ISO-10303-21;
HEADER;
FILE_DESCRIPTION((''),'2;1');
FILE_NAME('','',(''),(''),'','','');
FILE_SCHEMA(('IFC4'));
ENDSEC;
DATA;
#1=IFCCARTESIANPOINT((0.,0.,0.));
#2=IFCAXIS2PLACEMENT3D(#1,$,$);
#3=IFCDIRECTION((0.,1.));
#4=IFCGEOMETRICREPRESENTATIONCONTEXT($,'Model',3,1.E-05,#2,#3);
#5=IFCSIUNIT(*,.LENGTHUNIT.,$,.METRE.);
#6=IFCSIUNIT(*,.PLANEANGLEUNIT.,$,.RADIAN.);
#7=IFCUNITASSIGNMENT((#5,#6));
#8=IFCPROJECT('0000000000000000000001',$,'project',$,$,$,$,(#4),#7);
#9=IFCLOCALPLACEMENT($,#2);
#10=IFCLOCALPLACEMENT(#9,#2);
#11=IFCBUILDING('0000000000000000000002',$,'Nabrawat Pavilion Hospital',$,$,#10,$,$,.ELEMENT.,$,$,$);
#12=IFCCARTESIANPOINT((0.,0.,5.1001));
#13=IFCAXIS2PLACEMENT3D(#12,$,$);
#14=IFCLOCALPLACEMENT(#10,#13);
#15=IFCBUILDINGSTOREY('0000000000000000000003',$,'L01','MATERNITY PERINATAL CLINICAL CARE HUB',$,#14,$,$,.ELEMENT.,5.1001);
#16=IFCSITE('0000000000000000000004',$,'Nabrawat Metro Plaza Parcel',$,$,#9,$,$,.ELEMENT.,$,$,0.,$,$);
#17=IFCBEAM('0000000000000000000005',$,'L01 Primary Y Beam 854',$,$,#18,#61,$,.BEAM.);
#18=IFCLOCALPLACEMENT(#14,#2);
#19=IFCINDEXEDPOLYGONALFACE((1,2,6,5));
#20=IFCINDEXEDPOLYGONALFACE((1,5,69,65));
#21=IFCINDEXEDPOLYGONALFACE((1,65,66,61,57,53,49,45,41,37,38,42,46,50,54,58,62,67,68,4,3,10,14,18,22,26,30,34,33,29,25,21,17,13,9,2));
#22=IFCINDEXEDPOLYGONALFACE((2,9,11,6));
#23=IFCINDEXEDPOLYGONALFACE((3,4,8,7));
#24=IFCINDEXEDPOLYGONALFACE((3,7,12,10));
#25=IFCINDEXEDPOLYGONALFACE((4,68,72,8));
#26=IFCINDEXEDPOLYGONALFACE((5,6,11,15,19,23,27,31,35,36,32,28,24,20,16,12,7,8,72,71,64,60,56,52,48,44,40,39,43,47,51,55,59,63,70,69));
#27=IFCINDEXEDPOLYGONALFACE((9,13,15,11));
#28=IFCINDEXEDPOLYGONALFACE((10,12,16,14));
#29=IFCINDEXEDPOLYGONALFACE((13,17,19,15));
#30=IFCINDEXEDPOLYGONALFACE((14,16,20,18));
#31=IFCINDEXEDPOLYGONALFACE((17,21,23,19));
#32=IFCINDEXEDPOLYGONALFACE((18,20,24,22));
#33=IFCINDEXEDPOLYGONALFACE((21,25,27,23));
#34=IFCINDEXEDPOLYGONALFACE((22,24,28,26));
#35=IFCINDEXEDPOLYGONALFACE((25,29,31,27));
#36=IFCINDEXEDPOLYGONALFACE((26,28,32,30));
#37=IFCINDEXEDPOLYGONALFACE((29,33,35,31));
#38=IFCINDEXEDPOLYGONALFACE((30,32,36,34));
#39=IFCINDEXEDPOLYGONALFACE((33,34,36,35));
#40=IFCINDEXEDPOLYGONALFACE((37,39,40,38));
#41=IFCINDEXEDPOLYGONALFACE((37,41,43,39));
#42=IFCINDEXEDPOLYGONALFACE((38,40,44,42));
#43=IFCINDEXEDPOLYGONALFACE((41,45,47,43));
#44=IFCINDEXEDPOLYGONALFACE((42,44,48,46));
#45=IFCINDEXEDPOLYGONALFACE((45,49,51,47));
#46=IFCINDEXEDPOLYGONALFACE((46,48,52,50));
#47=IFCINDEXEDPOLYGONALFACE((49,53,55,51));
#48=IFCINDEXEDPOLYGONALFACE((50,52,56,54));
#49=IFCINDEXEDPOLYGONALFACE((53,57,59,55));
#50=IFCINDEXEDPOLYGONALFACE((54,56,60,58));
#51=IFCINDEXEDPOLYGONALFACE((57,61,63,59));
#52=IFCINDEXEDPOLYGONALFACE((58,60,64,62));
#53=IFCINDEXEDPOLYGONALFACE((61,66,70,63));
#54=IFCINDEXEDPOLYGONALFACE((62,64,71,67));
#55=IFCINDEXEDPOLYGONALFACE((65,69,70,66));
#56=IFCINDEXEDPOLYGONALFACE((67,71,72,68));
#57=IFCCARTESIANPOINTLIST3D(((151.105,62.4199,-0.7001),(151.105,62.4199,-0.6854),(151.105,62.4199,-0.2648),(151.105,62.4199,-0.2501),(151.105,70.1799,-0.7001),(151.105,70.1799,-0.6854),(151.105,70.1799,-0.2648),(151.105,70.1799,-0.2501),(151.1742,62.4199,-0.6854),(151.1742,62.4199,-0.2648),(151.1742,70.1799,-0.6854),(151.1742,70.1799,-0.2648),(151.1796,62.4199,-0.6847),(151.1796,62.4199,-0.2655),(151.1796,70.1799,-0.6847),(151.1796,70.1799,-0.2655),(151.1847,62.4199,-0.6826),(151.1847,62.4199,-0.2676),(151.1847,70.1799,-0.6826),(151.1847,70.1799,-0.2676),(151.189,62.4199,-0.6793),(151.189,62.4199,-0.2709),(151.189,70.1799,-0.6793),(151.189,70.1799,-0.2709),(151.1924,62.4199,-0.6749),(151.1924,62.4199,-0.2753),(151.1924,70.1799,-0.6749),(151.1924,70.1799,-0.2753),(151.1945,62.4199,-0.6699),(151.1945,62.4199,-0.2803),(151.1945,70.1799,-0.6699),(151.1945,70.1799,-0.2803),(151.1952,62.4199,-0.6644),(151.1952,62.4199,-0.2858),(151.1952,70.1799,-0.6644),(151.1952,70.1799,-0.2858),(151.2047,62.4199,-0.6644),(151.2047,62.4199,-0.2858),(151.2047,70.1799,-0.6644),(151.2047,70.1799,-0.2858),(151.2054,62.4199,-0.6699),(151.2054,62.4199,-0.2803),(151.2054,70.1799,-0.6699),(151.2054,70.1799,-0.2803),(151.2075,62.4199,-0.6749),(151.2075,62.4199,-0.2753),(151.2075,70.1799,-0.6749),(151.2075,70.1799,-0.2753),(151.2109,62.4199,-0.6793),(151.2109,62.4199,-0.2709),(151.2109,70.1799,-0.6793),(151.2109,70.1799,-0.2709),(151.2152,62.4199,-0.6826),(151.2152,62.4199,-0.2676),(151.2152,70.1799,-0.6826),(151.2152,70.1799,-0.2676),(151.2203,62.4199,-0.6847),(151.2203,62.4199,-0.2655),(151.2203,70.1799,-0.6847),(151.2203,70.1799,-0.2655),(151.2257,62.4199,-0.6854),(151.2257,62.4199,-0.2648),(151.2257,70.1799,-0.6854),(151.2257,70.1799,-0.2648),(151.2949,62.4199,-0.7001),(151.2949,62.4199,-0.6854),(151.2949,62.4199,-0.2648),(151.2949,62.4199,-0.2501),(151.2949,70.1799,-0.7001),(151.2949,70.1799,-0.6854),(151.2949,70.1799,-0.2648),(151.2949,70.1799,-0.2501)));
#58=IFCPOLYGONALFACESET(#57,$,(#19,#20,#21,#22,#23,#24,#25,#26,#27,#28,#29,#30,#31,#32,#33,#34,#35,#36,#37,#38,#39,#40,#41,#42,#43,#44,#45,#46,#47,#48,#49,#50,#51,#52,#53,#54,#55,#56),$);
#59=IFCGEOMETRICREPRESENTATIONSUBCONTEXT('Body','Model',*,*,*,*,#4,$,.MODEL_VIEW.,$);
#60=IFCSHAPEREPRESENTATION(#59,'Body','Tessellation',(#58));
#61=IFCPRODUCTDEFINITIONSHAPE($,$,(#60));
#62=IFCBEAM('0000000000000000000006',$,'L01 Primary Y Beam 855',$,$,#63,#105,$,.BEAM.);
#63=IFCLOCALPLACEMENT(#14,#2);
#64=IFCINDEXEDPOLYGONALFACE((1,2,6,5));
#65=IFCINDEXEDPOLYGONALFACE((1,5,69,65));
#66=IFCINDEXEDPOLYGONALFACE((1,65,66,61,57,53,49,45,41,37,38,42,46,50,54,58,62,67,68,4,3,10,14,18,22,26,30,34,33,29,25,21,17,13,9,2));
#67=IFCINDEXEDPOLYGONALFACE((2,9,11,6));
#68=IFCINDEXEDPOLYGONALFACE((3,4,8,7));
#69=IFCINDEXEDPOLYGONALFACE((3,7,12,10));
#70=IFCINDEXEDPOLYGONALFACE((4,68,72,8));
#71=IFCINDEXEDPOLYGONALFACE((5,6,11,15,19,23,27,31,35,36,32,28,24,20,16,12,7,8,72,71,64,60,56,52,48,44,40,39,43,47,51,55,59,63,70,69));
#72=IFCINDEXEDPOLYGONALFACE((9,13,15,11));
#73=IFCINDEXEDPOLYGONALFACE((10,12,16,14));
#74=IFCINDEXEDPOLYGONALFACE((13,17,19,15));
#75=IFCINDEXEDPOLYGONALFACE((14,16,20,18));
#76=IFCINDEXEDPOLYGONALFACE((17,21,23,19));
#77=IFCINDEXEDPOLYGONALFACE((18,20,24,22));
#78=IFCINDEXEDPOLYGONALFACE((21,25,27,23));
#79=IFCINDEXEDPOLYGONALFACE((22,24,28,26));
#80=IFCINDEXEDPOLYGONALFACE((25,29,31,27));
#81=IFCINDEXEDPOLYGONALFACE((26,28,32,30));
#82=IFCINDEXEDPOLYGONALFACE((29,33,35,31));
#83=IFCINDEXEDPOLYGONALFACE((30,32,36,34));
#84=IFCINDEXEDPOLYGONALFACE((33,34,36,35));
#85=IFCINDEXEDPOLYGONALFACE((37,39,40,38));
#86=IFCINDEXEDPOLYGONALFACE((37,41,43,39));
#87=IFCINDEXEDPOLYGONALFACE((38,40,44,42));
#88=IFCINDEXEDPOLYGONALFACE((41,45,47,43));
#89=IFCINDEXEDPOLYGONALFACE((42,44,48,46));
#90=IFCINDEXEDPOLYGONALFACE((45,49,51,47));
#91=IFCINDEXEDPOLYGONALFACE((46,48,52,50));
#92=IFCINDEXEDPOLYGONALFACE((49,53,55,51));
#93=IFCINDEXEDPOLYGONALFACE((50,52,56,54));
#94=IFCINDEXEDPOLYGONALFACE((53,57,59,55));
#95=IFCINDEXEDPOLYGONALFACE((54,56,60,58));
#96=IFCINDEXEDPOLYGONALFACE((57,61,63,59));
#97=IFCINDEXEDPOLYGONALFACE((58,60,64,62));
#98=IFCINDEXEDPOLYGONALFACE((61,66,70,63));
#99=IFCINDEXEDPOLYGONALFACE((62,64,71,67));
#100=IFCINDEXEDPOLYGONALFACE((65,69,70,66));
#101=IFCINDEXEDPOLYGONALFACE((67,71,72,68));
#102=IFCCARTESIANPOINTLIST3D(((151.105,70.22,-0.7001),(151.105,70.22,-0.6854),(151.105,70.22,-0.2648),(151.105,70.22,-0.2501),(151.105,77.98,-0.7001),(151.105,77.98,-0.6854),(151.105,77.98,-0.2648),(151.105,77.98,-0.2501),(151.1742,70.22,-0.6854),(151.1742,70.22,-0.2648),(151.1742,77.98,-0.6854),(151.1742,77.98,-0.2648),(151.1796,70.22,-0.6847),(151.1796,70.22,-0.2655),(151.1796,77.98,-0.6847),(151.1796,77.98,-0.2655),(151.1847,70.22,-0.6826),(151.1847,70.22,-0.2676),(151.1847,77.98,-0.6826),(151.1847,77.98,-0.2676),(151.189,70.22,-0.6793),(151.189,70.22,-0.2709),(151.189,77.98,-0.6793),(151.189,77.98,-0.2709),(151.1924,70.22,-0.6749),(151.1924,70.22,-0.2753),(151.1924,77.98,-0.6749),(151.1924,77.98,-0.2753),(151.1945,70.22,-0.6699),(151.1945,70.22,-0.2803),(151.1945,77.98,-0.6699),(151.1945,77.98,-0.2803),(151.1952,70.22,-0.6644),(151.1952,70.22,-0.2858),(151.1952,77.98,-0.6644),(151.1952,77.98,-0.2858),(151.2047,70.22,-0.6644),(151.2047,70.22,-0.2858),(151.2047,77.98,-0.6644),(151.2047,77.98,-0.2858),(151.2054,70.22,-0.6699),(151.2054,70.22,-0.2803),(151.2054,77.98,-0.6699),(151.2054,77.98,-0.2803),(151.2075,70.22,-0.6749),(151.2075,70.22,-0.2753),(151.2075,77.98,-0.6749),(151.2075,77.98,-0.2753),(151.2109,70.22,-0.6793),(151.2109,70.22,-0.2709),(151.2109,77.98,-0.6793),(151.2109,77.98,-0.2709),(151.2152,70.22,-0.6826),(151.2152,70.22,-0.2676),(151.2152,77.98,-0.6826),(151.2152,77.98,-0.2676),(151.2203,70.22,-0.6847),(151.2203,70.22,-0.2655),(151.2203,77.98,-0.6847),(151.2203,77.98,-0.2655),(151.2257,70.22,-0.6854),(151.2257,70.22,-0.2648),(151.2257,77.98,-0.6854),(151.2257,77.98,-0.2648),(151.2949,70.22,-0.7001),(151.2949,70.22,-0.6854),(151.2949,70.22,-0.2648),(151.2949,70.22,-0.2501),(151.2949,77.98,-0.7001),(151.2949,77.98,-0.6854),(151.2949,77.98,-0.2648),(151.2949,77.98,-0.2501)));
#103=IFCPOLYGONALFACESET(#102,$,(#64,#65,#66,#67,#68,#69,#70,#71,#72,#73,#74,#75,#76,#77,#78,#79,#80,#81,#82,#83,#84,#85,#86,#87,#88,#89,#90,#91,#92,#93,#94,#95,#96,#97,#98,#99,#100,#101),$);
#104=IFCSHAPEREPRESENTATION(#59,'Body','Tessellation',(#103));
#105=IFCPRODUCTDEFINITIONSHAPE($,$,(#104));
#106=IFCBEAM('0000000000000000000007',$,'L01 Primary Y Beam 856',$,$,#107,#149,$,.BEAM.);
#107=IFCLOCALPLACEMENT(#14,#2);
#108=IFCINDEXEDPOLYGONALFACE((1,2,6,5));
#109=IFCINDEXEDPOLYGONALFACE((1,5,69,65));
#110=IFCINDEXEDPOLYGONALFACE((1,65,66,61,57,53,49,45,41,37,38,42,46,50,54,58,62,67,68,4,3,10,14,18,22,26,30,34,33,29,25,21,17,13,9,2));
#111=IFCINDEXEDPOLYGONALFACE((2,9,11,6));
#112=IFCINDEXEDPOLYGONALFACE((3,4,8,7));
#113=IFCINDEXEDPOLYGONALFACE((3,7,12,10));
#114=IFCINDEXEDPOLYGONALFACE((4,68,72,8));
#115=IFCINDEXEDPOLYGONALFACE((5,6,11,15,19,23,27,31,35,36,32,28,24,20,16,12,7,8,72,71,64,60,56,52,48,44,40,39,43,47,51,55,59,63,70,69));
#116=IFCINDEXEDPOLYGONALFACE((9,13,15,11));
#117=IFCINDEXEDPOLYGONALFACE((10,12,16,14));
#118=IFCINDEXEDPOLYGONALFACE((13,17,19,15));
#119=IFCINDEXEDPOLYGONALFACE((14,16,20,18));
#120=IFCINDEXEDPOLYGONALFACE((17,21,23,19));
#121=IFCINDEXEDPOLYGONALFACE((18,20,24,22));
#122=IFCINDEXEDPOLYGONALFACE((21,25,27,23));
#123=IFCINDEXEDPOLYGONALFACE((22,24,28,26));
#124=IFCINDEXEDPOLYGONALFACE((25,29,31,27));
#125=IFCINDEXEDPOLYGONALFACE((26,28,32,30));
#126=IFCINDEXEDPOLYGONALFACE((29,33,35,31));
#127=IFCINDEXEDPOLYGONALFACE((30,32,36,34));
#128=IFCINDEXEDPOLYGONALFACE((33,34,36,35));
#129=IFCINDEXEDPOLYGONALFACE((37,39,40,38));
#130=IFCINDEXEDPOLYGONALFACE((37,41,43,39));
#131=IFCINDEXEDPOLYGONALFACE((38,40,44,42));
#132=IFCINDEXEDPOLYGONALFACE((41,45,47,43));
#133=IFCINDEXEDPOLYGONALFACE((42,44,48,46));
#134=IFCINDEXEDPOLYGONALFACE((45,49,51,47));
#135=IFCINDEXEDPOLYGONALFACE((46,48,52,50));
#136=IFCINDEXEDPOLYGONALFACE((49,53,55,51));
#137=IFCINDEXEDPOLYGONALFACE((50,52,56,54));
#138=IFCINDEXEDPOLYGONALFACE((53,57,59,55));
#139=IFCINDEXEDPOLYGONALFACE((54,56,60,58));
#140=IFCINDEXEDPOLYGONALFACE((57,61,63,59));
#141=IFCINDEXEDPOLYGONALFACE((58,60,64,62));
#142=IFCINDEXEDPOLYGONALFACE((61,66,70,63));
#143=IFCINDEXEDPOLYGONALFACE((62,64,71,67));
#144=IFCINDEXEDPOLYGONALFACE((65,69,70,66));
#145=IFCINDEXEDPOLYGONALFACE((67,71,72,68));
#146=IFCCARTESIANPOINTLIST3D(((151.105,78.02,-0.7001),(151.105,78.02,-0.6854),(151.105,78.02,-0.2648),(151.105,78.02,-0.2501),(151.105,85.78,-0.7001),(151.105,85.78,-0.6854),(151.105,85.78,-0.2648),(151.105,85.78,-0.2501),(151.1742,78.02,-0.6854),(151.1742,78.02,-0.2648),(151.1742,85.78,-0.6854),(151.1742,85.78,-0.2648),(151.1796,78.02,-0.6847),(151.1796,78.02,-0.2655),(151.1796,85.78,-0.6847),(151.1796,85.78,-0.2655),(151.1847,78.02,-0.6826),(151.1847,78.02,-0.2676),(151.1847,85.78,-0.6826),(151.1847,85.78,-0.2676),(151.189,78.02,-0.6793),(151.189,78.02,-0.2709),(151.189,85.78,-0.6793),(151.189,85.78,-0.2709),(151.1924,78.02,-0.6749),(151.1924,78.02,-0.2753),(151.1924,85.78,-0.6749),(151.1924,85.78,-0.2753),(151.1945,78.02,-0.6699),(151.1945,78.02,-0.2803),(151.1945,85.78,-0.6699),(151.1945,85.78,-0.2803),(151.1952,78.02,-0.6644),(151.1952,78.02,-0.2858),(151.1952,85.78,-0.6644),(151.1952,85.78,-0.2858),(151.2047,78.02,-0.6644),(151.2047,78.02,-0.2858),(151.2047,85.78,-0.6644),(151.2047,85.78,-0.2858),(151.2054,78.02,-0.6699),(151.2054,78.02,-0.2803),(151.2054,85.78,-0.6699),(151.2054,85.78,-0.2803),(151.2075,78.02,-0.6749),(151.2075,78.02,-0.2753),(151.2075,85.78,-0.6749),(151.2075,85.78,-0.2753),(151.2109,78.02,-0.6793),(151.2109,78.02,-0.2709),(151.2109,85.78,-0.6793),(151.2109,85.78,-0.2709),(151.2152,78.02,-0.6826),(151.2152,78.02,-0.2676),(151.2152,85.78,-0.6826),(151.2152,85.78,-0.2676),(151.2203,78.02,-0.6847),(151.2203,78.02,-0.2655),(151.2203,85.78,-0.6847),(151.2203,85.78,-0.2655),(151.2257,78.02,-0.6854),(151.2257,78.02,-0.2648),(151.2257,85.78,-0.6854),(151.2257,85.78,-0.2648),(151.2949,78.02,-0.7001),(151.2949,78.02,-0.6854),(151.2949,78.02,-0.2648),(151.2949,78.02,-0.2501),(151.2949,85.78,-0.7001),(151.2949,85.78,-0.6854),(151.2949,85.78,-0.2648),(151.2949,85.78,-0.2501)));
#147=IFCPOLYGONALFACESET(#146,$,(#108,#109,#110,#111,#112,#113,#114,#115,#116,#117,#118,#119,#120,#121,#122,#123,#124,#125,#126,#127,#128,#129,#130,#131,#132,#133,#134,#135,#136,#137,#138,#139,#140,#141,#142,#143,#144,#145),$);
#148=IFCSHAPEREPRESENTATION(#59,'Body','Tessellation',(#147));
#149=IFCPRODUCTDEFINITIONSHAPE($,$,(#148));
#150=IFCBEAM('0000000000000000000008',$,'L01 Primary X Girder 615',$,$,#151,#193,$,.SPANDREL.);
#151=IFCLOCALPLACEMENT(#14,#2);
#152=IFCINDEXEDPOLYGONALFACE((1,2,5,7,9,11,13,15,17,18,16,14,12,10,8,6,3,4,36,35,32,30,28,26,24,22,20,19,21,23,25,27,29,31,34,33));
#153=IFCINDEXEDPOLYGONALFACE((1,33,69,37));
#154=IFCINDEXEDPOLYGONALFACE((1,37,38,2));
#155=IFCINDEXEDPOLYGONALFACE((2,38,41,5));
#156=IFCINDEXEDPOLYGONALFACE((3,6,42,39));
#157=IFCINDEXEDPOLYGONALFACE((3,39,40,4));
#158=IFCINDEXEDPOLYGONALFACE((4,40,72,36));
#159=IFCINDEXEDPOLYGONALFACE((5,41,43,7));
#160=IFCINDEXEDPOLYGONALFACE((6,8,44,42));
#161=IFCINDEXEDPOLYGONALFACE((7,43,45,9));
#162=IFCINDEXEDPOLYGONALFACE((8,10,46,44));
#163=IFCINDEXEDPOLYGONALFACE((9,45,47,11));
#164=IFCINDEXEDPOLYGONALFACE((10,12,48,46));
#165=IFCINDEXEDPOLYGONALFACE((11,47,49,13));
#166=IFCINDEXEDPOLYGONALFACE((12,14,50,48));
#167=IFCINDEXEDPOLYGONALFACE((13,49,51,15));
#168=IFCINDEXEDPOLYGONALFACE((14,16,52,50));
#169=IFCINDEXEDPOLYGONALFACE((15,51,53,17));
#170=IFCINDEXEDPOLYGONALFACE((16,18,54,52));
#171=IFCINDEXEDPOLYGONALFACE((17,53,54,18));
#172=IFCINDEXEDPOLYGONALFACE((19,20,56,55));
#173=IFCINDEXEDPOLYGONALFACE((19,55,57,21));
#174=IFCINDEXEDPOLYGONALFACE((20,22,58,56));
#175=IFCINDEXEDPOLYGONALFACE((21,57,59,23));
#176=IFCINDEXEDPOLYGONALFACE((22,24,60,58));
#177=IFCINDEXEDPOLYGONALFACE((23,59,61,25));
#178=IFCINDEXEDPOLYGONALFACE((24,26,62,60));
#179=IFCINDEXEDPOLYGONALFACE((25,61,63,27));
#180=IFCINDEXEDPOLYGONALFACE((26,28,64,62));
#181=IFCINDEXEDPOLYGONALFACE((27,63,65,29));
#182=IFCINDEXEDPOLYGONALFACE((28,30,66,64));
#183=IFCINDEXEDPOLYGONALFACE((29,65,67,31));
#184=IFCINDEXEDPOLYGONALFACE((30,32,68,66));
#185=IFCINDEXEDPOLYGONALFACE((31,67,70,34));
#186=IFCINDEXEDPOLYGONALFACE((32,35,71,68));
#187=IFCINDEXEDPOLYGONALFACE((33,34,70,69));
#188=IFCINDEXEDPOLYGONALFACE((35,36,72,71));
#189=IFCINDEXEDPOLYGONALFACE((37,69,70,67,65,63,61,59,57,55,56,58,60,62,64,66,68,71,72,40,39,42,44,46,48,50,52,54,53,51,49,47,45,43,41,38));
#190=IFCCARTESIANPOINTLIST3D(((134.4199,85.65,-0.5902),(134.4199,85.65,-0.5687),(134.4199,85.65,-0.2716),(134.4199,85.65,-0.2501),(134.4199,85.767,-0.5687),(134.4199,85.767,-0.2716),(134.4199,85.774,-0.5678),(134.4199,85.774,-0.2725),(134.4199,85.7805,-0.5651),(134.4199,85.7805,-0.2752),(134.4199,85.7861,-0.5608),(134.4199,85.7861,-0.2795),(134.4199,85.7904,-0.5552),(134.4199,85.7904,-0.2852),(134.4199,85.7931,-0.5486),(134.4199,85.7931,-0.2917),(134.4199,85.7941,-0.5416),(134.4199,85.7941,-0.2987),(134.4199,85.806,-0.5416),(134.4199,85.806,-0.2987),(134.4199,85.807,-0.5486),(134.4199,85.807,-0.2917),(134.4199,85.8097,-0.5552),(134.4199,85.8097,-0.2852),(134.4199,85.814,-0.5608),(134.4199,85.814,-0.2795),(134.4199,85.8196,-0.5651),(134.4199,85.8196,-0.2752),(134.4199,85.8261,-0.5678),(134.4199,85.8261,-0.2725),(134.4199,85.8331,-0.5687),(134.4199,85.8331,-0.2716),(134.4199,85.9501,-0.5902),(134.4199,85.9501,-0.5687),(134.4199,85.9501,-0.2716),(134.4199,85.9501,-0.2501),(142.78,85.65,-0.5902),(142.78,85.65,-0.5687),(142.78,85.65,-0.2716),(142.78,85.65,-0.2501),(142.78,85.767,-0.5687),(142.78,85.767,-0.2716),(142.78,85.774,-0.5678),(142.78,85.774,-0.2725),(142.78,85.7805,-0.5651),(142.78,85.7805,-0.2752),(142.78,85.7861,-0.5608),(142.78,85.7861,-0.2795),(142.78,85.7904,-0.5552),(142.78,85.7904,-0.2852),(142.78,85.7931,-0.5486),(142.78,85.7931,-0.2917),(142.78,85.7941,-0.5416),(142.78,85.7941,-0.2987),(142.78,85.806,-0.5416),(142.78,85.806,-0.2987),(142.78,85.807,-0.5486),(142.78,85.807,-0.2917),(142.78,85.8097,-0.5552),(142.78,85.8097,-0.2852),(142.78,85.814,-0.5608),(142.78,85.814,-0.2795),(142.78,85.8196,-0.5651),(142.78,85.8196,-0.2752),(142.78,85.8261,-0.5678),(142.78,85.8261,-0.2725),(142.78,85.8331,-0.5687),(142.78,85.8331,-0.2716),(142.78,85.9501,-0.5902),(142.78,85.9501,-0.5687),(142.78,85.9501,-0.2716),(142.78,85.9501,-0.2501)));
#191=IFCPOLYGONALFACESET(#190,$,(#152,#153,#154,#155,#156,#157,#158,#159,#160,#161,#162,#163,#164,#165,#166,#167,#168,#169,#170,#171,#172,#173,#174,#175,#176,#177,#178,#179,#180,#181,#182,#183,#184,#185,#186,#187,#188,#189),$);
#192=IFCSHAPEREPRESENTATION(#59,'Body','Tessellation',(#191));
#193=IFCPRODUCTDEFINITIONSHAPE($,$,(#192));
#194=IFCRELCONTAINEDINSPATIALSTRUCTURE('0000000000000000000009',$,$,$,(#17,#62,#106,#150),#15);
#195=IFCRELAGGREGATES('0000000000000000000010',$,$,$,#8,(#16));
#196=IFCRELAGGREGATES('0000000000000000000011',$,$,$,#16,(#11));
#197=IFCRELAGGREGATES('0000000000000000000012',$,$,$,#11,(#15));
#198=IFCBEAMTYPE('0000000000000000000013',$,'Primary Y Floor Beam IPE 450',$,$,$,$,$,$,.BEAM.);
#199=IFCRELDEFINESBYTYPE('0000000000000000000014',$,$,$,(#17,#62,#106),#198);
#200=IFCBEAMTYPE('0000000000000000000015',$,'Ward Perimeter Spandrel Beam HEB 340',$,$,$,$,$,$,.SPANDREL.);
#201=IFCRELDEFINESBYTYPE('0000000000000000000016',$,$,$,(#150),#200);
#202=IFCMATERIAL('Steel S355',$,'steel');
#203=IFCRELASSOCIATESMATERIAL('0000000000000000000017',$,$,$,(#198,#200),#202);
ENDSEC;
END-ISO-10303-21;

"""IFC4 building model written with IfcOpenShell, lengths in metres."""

from ifc_helpers import new_model, si_unit, direction, frame, origin, origin_2d, place, context, subcontext, project, spatial, i_section, extrude, material, material_profile, profile_set, type_object, element, save


model = new_model("IFC4")

# Units and contexts
model_context = context("Model", 3, precision=1e-05, world=origin(), true_north=direction((0.0, 1.0)))
body_context = subcontext(model_context, "Body", "Model", "MODEL_VIEW")
ifc_project = project(units=[si_unit("LENGTHUNIT", "METRE"), si_unit("PLANEANGLEUNIT", "RADIAN")], contexts=[model_context])

# Site, building, storey
site_placement = place(None, origin())
site = spatial("IfcSite", under=ifc_project, at=site_placement, Name="Nabrawat Metro Plaza Parcel", CompositionType="ELEMENT", RefElevation=0.0)
building_placement = place(site_placement, origin())
building = spatial("IfcBuilding", under=site, at=building_placement, Name="Nabrawat Pavilion Hospital", CompositionType="ELEMENT")
storey_placement = place(building_placement, frame((0.0, 0.0, 5.1001)))
storey = spatial("IfcBuildingStorey", under=building, at=storey_placement, Name="L01", Description="MATERNITY PERINATAL CLINICAL CARE HUB", CompositionType="ELEMENT", Elevation=5.1001)

# Shared definitions
ifc_material_1 = material(Name="Steel S355", Category="steel")

# Beams
ifc_material_profile_1 = material_profile(ifc_material_1, i_section(OverallWidth=0.1899, OverallDepth=0.45, WebThickness=0.0095, FlangeThickness=0.0146, FilletRadius=0.021, at=origin_2d()), Name="IPE 450")
ifc_profile_set_1 = profile_set([ifc_material_profile_1], Name="Steel S355")
beam_type_1 = type_object("IfcBeamType", Name="Primary Y Floor Beam IPE 450", PredefinedType="BEAM", material=ifc_profile_set_1)
for number, where, z_axis, x_axis, name in (
    (1, (151.2, 62.4199, -0.4751), (0.0, 1.0, 0.0), (-1.0, 0.0, 0.0), "L01 Primary Y Beam 854"),
    (2, (151.2, 70.22, -0.4751), (0.0, 1.0, 0.0), (-1.0, 0.0, 0.0), "L01 Primary Y Beam 855"),
    (3, (151.2, 78.02, -0.4751), (0.0, 1.0, 0.0), (-1.0, 0.0, 0.0), "L01 Primary Y Beam 856"),
):
    element("IfcBeam", number, at=place(storey_placement, frame(where, z_axis=z_axis, x_axis=x_axis)), inside=storey, type_object=beam_type_1, Name=name, PredefinedType="BEAM", context=body_context, shape_type="SweptSolid", body=[
        extrude(i_section(OverallWidth=0.1899, OverallDepth=0.45, WebThickness=0.0095, FlangeThickness=0.0146, FilletRadius=0.021, at=origin_2d()), origin(), (0.0, 0.0, 1.0), 7.76),
    ])
ifc_material_profile_2 = material_profile(ifc_material_1, i_section(OverallWidth=0.3, OverallDepth=0.3401, WebThickness=0.012, FlangeThickness=0.0215, FilletRadius=0.0271, at=origin_2d()), Name="HEB 340")
ifc_profile_set_2 = profile_set([ifc_material_profile_2], Name="Steel S355")
beam_type_2 = type_object("IfcBeamType", Name="Ward Perimeter Spandrel Beam HEB 340", PredefinedType="SPANDREL", material=ifc_profile_set_2)
beam_1_placement = place(storey_placement, frame((134.4199, 85.8, -0.4202), z_axis=(1.0, 0.0, 0.0), x_axis=(0.0, 1.0, 0.0)))
element("IfcBeam", 4, at=beam_1_placement, inside=storey, type_object=beam_type_2, Name="L01 Primary X Girder 615", PredefinedType="SPANDREL", context=body_context, shape_type="SweptSolid", body=[
    extrude(i_section(OverallWidth=0.3, OverallDepth=0.3401, WebThickness=0.012, FlangeThickness=0.0215, FilletRadius=0.0271, at=origin_2d()), origin(), (0.0, 0.0, 1.0), 8.3601),
])

save(model, "model.ifc")
